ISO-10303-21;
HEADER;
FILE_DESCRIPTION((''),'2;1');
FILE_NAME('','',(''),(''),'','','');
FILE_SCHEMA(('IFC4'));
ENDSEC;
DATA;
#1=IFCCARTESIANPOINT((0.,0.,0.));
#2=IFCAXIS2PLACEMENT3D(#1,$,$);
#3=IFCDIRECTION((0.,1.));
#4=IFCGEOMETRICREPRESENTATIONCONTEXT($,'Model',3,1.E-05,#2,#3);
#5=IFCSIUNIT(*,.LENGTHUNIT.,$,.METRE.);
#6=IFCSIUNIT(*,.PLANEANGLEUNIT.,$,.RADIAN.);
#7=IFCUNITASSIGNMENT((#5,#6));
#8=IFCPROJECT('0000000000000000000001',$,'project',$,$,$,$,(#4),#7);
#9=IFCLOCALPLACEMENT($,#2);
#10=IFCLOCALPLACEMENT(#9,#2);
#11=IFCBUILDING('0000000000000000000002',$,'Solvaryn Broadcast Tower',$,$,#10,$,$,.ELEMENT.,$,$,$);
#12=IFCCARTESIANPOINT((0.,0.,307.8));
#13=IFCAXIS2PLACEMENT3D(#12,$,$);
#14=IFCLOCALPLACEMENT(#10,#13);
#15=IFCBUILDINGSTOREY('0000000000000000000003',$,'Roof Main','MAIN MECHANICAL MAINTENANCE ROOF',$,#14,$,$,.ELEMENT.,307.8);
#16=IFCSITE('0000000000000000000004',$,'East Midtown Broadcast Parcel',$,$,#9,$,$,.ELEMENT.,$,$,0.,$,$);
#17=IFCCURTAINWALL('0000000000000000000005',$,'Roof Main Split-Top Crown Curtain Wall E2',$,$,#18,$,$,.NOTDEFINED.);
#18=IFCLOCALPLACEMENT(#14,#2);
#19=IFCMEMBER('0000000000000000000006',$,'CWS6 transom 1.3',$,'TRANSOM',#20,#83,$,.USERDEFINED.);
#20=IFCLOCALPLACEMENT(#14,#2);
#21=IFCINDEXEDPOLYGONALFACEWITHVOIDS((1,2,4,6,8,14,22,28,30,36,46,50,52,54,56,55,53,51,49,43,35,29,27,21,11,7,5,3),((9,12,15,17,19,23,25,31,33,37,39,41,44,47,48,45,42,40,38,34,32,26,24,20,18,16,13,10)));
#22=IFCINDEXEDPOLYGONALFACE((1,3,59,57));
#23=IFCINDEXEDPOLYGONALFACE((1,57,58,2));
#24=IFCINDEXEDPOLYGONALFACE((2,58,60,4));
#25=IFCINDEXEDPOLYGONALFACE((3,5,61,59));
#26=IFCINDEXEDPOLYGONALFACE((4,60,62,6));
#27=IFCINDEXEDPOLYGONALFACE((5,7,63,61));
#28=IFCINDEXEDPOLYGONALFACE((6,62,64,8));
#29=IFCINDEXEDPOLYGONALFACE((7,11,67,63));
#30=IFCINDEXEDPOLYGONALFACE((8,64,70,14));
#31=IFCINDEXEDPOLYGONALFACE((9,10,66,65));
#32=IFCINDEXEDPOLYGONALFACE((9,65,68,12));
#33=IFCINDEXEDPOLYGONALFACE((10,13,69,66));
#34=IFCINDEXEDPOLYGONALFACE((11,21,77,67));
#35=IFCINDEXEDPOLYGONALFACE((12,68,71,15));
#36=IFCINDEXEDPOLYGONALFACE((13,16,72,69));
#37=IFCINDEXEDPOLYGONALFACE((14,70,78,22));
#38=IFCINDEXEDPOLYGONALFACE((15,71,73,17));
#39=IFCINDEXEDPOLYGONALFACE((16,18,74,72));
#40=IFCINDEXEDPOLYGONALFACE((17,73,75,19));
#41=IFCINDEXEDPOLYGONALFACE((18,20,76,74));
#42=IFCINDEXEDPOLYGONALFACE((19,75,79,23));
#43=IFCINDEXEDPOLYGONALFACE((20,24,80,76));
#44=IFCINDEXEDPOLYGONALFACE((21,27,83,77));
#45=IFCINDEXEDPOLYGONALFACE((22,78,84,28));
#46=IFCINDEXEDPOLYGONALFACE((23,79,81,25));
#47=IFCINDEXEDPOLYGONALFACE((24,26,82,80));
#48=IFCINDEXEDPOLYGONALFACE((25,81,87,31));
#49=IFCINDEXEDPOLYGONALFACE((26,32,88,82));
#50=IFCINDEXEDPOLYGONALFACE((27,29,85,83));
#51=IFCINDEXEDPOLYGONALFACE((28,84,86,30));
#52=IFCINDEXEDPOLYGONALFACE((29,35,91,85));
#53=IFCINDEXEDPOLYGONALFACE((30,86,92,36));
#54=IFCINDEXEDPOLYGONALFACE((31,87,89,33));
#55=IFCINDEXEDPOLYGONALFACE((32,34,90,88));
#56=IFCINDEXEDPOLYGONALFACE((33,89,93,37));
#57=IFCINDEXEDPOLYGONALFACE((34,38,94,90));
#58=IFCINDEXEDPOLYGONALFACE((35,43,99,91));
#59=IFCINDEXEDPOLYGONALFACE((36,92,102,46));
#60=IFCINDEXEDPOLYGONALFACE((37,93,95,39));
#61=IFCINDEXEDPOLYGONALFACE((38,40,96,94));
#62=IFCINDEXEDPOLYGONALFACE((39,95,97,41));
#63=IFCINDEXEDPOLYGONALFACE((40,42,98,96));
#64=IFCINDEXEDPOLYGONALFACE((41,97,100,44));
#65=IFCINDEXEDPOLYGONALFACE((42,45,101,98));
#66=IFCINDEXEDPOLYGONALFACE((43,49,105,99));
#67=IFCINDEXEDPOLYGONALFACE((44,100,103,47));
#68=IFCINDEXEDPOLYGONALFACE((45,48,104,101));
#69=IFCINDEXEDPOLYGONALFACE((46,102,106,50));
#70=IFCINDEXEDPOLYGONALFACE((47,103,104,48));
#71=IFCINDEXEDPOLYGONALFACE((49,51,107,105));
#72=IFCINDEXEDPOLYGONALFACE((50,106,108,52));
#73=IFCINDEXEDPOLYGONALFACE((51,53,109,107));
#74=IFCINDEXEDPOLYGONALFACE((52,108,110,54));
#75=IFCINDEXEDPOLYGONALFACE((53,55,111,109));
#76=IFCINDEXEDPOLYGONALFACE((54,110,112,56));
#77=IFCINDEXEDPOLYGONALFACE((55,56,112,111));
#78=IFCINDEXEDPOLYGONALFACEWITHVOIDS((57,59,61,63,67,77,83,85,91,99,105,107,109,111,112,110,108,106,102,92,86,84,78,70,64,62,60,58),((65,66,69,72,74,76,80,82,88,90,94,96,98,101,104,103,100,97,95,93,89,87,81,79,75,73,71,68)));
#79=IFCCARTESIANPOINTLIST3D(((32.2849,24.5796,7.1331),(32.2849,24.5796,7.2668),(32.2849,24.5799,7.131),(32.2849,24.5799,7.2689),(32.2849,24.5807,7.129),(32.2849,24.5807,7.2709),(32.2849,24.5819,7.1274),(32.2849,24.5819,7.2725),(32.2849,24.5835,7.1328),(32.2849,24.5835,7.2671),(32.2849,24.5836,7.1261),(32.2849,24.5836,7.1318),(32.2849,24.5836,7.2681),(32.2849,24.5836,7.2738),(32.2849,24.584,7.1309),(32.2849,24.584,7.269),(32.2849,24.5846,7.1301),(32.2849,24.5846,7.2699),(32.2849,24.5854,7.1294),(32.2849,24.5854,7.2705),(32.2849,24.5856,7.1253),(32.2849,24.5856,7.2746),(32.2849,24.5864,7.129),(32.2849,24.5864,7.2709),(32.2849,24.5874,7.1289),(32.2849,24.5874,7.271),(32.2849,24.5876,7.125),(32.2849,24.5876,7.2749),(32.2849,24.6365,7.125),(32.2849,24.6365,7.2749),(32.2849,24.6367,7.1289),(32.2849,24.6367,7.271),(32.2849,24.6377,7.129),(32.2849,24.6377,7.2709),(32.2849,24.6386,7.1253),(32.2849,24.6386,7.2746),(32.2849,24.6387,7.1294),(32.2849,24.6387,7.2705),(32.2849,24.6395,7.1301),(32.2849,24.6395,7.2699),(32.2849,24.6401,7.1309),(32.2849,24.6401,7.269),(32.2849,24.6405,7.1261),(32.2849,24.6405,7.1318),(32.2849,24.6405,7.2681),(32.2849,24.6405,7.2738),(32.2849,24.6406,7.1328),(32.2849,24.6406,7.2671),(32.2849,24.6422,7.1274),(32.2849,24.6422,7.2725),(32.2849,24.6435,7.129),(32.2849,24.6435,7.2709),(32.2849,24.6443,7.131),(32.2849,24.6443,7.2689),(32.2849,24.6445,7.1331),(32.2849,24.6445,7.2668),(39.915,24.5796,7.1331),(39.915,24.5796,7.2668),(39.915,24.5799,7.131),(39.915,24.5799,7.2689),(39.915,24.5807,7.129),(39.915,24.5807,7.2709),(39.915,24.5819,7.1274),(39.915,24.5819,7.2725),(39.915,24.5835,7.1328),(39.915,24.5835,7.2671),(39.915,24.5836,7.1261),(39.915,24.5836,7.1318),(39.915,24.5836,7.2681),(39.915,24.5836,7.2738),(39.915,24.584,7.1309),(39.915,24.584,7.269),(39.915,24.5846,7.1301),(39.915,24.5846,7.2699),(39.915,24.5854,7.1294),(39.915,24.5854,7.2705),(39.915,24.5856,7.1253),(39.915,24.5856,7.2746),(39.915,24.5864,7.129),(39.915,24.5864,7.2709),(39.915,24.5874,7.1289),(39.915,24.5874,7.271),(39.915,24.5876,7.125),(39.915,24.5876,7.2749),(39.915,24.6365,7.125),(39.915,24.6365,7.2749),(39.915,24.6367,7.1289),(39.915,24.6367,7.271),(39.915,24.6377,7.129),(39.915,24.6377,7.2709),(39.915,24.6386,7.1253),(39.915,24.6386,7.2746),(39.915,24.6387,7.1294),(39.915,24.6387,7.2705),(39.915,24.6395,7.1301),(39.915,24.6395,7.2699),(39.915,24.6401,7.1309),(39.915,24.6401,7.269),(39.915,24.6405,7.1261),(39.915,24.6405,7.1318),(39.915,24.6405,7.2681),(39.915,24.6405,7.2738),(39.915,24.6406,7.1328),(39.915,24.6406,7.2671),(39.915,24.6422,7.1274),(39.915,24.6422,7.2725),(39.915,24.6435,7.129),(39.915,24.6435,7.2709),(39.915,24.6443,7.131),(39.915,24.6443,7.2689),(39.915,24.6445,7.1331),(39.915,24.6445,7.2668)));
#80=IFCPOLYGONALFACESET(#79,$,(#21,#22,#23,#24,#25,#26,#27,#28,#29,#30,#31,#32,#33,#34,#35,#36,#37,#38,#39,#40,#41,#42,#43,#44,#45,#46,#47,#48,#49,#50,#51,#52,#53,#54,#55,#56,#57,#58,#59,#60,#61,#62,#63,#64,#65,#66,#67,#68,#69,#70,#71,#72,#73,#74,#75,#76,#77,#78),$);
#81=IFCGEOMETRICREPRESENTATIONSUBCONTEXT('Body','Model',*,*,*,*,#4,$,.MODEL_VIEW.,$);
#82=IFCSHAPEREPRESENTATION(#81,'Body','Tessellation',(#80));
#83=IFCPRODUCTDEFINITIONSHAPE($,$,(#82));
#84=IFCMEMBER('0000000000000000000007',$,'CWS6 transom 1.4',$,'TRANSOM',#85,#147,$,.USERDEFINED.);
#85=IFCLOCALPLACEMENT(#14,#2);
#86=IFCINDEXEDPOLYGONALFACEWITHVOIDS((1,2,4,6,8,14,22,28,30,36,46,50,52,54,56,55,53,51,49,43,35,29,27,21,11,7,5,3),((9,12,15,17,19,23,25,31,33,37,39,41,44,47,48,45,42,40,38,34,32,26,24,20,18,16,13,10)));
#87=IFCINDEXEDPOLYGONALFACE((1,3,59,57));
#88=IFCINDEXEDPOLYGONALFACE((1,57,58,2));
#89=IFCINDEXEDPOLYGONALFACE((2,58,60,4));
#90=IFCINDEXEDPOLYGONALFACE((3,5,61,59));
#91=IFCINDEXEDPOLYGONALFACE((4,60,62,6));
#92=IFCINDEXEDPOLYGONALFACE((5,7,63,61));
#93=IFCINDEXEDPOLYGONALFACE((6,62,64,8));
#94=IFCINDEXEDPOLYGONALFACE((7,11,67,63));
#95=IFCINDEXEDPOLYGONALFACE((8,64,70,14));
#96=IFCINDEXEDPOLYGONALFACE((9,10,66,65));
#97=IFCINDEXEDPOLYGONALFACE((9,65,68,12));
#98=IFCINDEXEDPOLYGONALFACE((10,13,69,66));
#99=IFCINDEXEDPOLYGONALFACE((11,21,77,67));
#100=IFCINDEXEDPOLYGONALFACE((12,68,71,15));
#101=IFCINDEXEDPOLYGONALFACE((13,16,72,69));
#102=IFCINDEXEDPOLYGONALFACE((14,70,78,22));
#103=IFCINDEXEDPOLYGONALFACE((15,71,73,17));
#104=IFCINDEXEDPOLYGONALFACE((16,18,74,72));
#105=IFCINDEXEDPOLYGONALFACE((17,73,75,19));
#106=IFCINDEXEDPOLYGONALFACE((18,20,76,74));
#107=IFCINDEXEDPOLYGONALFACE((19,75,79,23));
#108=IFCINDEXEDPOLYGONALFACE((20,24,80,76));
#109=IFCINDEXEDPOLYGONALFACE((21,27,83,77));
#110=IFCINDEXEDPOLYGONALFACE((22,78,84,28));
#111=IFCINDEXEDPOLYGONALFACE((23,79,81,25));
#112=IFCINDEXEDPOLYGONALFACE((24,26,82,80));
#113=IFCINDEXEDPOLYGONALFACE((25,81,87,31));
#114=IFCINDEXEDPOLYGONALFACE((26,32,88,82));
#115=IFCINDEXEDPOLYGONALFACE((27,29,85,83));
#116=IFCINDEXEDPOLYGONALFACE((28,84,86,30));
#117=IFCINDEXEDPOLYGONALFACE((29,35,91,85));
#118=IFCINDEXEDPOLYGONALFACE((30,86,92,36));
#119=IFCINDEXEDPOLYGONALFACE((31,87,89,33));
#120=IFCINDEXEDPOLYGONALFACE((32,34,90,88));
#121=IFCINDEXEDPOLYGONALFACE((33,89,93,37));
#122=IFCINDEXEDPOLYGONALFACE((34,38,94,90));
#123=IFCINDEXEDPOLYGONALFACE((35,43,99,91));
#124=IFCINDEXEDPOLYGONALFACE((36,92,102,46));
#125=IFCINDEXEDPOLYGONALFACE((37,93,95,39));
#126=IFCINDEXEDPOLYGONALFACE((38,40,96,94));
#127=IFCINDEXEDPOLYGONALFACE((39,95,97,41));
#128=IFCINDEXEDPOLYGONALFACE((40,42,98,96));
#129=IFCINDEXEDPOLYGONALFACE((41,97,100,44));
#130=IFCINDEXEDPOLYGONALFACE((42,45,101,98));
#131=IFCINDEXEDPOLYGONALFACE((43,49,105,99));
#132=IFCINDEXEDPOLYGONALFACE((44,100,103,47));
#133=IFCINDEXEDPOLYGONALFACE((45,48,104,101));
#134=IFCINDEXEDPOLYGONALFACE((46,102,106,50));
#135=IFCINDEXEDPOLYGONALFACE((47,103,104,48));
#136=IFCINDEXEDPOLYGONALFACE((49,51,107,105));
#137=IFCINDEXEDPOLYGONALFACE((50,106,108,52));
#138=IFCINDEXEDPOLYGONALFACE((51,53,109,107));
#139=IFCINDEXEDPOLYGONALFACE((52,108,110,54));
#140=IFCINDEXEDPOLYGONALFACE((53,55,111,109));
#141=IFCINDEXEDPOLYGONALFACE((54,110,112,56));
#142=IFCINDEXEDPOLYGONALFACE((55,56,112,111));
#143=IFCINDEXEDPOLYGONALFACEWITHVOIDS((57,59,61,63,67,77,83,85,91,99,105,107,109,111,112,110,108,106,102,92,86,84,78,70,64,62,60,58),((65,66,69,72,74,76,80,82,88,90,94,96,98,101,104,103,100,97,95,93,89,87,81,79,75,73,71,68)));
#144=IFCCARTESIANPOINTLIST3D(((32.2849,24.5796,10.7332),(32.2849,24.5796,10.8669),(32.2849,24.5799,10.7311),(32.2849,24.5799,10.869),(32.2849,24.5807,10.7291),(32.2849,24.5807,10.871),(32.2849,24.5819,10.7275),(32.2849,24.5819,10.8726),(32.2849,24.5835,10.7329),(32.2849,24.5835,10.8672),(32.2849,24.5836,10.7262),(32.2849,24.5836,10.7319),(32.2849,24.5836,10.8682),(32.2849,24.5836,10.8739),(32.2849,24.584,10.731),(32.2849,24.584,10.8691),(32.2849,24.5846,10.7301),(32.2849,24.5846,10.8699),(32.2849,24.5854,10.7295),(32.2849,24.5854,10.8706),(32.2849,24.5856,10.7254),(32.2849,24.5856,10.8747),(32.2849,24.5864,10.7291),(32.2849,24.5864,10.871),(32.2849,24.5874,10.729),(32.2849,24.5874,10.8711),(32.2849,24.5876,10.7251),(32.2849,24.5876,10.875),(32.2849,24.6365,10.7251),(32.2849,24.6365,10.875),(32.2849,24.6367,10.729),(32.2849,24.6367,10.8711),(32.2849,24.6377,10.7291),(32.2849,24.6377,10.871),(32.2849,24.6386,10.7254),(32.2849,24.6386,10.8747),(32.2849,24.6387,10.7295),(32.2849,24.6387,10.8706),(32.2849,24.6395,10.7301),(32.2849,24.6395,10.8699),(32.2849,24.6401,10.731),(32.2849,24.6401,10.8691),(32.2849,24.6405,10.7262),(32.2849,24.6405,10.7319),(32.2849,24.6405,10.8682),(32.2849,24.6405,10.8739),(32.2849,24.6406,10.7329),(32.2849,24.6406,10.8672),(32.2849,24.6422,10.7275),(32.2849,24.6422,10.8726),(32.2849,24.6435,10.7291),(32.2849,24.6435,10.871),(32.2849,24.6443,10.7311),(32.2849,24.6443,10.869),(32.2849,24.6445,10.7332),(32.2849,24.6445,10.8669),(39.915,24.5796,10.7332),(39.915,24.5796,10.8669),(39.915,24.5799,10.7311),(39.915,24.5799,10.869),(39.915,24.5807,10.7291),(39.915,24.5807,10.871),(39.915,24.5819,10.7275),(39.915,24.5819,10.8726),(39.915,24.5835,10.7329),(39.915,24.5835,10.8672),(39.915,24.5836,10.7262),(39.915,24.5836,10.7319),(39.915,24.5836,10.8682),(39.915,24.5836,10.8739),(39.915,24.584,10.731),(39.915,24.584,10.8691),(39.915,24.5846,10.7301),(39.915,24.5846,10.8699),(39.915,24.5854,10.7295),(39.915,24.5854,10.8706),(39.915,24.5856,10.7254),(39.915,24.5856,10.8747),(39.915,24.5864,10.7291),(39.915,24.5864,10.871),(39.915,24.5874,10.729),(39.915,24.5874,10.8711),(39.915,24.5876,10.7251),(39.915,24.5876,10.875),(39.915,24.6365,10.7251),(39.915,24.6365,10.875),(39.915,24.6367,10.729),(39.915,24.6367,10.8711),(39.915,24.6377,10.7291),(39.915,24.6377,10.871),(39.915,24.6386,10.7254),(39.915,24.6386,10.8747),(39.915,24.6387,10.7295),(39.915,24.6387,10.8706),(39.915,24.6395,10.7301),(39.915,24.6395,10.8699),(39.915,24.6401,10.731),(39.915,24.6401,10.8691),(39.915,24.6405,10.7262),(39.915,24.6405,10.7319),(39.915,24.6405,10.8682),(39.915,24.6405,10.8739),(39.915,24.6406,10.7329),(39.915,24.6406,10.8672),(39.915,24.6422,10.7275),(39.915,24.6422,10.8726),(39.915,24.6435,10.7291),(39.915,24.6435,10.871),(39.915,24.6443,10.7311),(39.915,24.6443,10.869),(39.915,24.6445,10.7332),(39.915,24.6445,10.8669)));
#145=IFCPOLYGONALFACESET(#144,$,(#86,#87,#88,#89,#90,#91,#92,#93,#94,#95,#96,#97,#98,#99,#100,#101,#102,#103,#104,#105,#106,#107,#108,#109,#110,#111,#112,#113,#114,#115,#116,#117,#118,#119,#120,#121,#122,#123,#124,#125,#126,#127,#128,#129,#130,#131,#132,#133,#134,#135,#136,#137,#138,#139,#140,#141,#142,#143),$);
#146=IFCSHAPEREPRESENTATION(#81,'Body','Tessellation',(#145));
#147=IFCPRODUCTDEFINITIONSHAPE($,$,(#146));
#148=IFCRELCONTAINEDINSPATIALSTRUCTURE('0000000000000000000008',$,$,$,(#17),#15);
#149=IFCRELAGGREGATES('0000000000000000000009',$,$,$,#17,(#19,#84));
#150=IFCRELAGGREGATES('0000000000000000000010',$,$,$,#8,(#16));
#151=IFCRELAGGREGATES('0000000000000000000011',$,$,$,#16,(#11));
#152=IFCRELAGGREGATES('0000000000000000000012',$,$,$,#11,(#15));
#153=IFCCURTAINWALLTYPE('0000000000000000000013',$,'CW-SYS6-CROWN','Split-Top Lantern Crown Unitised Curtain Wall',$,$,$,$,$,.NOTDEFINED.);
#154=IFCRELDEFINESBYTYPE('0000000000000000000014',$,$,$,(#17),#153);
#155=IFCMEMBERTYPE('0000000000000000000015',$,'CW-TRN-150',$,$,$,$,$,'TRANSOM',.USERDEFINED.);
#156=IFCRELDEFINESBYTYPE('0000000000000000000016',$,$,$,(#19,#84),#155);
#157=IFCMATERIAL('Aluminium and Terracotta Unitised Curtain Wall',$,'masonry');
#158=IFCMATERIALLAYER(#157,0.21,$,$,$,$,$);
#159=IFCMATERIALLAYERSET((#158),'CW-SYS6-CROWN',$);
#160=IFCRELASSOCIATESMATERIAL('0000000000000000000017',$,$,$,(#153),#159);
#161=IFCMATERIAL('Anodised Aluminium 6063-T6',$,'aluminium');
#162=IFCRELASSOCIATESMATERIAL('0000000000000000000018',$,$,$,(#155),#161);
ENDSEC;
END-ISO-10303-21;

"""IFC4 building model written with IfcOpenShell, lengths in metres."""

from ifc_helpers import new_model, si_unit, direction, frame, origin, origin_2d, place, context, subcontext, project, spatial, hollow_rectangle, extrude, material, layer, layer_set, material_profile, profile_set, type_object, element, aggregate, save


model = new_model("IFC4")

# Units and contexts
model_context = context("Model", 3, precision=1e-05, world=origin(), true_north=direction((0.0, 1.0)))
body_context = subcontext(model_context, "Body", "Model", "MODEL_VIEW")
ifc_project = project(units=[si_unit("LENGTHUNIT", "METRE"), si_unit("PLANEANGLEUNIT", "RADIAN")], contexts=[model_context])

# Site, building, storey
site_placement = place(None, origin())
site = spatial("IfcSite", under=ifc_project, at=site_placement, Name="East Midtown Broadcast Parcel", CompositionType="ELEMENT", RefElevation=0.0)
building_placement = place(site_placement, origin())
building = spatial("IfcBuilding", under=site, at=building_placement, Name="Solvaryn Broadcast Tower", CompositionType="ELEMENT")
storey_placement = place(building_placement, frame((0.0, 0.0, 307.8)))
storey = spatial("IfcBuildingStorey", under=building, at=storey_placement, Name="Roof Main", Description="MAIN MECHANICAL MAINTENANCE ROOF", CompositionType="ELEMENT", Elevation=307.8)

# Shared definitions
ifc_material_1 = material(Name="Aluminium and Terracotta Unitised Curtain Wall", Category="masonry")
ifc_layer_1 = layer(ifc_material_1, 0.21)
ifc_layer_set_1 = layer_set([ifc_layer_1], Name="CW-SYS6-CROWN")
curtain_wall_type = type_object("IfcCurtainWallType", Name="CW-SYS6-CROWN", Description="Split-Top Lantern Crown Unitised Curtain Wall", PredefinedType="NOTDEFINED", material=ifc_layer_set_1)

# Curtain wall
curtain_wall_1_placement = place(storey_placement, origin())
curtain_wall_1 = element("IfcCurtainWall", 1, at=curtain_wall_1_placement, inside=storey, type_object=curtain_wall_type, Name="Roof Main Split-Top Crown Curtain Wall E2", PredefinedType="NOTDEFINED")

# Members
ifc_material_2 = material(Name="Anodised Aluminium 6063-T6", Category="aluminium")
ifc_material_profile_1 = material_profile(ifc_material_2, hollow_rectangle(XDim=0.0649, YDim=0.1499, WallThickness=0.0039, InnerFilletRadius=0.0039, OuterFilletRadius=0.0081, at=origin_2d()))
ifc_profile_set_1 = profile_set([ifc_material_profile_1], Name="Anodised Aluminium 6063-T6")
member_type_1 = type_object("IfcMemberType", Name="CW-TRN-150", ElementType="TRANSOM", PredefinedType="USERDEFINED", material=ifc_profile_set_1)
member_1_placement = place(storey_placement, frame((39.915, 24.6121, 7.2), z_axis=(-1.0, 0.0, 0.0), x_axis=(0.0, -1.0, 0.0)))
member_1 = element("IfcMember", 2, at=member_1_placement, type_object=member_type_1, Name="CWS6 transom 1.3", ObjectType="TRANSOM", PredefinedType="USERDEFINED", context=body_context, shape_type="SweptSolid", body=[
    extrude(hollow_rectangle(XDim=0.0649, YDim=0.1499, WallThickness=0.0039, InnerFilletRadius=0.0039, OuterFilletRadius=0.0081, at=origin_2d()), origin(), (0.0, 0.0, 1.0), 7.6301),
])
member_2_placement = place(storey_placement, frame((39.915, 24.6121, 10.8), z_axis=(-1.0, 0.0, 0.0), x_axis=(0.0, -1.0, 0.0)))
member_2 = element("IfcMember", 3, at=member_2_placement, type_object=member_type_1, Name="CWS6 transom 1.4", ObjectType="TRANSOM", PredefinedType="USERDEFINED", context=body_context, shape_type="SweptSolid", body=[
    extrude(hollow_rectangle(XDim=0.0649, YDim=0.1499, WallThickness=0.0039, InnerFilletRadius=0.0039, OuterFilletRadius=0.0081, at=origin_2d()), origin(), (0.0, 0.0, 1.0), 7.6301),
])

aggregate(curtain_wall_1, [member_1, member_2])

save(model, "model.ifc")
